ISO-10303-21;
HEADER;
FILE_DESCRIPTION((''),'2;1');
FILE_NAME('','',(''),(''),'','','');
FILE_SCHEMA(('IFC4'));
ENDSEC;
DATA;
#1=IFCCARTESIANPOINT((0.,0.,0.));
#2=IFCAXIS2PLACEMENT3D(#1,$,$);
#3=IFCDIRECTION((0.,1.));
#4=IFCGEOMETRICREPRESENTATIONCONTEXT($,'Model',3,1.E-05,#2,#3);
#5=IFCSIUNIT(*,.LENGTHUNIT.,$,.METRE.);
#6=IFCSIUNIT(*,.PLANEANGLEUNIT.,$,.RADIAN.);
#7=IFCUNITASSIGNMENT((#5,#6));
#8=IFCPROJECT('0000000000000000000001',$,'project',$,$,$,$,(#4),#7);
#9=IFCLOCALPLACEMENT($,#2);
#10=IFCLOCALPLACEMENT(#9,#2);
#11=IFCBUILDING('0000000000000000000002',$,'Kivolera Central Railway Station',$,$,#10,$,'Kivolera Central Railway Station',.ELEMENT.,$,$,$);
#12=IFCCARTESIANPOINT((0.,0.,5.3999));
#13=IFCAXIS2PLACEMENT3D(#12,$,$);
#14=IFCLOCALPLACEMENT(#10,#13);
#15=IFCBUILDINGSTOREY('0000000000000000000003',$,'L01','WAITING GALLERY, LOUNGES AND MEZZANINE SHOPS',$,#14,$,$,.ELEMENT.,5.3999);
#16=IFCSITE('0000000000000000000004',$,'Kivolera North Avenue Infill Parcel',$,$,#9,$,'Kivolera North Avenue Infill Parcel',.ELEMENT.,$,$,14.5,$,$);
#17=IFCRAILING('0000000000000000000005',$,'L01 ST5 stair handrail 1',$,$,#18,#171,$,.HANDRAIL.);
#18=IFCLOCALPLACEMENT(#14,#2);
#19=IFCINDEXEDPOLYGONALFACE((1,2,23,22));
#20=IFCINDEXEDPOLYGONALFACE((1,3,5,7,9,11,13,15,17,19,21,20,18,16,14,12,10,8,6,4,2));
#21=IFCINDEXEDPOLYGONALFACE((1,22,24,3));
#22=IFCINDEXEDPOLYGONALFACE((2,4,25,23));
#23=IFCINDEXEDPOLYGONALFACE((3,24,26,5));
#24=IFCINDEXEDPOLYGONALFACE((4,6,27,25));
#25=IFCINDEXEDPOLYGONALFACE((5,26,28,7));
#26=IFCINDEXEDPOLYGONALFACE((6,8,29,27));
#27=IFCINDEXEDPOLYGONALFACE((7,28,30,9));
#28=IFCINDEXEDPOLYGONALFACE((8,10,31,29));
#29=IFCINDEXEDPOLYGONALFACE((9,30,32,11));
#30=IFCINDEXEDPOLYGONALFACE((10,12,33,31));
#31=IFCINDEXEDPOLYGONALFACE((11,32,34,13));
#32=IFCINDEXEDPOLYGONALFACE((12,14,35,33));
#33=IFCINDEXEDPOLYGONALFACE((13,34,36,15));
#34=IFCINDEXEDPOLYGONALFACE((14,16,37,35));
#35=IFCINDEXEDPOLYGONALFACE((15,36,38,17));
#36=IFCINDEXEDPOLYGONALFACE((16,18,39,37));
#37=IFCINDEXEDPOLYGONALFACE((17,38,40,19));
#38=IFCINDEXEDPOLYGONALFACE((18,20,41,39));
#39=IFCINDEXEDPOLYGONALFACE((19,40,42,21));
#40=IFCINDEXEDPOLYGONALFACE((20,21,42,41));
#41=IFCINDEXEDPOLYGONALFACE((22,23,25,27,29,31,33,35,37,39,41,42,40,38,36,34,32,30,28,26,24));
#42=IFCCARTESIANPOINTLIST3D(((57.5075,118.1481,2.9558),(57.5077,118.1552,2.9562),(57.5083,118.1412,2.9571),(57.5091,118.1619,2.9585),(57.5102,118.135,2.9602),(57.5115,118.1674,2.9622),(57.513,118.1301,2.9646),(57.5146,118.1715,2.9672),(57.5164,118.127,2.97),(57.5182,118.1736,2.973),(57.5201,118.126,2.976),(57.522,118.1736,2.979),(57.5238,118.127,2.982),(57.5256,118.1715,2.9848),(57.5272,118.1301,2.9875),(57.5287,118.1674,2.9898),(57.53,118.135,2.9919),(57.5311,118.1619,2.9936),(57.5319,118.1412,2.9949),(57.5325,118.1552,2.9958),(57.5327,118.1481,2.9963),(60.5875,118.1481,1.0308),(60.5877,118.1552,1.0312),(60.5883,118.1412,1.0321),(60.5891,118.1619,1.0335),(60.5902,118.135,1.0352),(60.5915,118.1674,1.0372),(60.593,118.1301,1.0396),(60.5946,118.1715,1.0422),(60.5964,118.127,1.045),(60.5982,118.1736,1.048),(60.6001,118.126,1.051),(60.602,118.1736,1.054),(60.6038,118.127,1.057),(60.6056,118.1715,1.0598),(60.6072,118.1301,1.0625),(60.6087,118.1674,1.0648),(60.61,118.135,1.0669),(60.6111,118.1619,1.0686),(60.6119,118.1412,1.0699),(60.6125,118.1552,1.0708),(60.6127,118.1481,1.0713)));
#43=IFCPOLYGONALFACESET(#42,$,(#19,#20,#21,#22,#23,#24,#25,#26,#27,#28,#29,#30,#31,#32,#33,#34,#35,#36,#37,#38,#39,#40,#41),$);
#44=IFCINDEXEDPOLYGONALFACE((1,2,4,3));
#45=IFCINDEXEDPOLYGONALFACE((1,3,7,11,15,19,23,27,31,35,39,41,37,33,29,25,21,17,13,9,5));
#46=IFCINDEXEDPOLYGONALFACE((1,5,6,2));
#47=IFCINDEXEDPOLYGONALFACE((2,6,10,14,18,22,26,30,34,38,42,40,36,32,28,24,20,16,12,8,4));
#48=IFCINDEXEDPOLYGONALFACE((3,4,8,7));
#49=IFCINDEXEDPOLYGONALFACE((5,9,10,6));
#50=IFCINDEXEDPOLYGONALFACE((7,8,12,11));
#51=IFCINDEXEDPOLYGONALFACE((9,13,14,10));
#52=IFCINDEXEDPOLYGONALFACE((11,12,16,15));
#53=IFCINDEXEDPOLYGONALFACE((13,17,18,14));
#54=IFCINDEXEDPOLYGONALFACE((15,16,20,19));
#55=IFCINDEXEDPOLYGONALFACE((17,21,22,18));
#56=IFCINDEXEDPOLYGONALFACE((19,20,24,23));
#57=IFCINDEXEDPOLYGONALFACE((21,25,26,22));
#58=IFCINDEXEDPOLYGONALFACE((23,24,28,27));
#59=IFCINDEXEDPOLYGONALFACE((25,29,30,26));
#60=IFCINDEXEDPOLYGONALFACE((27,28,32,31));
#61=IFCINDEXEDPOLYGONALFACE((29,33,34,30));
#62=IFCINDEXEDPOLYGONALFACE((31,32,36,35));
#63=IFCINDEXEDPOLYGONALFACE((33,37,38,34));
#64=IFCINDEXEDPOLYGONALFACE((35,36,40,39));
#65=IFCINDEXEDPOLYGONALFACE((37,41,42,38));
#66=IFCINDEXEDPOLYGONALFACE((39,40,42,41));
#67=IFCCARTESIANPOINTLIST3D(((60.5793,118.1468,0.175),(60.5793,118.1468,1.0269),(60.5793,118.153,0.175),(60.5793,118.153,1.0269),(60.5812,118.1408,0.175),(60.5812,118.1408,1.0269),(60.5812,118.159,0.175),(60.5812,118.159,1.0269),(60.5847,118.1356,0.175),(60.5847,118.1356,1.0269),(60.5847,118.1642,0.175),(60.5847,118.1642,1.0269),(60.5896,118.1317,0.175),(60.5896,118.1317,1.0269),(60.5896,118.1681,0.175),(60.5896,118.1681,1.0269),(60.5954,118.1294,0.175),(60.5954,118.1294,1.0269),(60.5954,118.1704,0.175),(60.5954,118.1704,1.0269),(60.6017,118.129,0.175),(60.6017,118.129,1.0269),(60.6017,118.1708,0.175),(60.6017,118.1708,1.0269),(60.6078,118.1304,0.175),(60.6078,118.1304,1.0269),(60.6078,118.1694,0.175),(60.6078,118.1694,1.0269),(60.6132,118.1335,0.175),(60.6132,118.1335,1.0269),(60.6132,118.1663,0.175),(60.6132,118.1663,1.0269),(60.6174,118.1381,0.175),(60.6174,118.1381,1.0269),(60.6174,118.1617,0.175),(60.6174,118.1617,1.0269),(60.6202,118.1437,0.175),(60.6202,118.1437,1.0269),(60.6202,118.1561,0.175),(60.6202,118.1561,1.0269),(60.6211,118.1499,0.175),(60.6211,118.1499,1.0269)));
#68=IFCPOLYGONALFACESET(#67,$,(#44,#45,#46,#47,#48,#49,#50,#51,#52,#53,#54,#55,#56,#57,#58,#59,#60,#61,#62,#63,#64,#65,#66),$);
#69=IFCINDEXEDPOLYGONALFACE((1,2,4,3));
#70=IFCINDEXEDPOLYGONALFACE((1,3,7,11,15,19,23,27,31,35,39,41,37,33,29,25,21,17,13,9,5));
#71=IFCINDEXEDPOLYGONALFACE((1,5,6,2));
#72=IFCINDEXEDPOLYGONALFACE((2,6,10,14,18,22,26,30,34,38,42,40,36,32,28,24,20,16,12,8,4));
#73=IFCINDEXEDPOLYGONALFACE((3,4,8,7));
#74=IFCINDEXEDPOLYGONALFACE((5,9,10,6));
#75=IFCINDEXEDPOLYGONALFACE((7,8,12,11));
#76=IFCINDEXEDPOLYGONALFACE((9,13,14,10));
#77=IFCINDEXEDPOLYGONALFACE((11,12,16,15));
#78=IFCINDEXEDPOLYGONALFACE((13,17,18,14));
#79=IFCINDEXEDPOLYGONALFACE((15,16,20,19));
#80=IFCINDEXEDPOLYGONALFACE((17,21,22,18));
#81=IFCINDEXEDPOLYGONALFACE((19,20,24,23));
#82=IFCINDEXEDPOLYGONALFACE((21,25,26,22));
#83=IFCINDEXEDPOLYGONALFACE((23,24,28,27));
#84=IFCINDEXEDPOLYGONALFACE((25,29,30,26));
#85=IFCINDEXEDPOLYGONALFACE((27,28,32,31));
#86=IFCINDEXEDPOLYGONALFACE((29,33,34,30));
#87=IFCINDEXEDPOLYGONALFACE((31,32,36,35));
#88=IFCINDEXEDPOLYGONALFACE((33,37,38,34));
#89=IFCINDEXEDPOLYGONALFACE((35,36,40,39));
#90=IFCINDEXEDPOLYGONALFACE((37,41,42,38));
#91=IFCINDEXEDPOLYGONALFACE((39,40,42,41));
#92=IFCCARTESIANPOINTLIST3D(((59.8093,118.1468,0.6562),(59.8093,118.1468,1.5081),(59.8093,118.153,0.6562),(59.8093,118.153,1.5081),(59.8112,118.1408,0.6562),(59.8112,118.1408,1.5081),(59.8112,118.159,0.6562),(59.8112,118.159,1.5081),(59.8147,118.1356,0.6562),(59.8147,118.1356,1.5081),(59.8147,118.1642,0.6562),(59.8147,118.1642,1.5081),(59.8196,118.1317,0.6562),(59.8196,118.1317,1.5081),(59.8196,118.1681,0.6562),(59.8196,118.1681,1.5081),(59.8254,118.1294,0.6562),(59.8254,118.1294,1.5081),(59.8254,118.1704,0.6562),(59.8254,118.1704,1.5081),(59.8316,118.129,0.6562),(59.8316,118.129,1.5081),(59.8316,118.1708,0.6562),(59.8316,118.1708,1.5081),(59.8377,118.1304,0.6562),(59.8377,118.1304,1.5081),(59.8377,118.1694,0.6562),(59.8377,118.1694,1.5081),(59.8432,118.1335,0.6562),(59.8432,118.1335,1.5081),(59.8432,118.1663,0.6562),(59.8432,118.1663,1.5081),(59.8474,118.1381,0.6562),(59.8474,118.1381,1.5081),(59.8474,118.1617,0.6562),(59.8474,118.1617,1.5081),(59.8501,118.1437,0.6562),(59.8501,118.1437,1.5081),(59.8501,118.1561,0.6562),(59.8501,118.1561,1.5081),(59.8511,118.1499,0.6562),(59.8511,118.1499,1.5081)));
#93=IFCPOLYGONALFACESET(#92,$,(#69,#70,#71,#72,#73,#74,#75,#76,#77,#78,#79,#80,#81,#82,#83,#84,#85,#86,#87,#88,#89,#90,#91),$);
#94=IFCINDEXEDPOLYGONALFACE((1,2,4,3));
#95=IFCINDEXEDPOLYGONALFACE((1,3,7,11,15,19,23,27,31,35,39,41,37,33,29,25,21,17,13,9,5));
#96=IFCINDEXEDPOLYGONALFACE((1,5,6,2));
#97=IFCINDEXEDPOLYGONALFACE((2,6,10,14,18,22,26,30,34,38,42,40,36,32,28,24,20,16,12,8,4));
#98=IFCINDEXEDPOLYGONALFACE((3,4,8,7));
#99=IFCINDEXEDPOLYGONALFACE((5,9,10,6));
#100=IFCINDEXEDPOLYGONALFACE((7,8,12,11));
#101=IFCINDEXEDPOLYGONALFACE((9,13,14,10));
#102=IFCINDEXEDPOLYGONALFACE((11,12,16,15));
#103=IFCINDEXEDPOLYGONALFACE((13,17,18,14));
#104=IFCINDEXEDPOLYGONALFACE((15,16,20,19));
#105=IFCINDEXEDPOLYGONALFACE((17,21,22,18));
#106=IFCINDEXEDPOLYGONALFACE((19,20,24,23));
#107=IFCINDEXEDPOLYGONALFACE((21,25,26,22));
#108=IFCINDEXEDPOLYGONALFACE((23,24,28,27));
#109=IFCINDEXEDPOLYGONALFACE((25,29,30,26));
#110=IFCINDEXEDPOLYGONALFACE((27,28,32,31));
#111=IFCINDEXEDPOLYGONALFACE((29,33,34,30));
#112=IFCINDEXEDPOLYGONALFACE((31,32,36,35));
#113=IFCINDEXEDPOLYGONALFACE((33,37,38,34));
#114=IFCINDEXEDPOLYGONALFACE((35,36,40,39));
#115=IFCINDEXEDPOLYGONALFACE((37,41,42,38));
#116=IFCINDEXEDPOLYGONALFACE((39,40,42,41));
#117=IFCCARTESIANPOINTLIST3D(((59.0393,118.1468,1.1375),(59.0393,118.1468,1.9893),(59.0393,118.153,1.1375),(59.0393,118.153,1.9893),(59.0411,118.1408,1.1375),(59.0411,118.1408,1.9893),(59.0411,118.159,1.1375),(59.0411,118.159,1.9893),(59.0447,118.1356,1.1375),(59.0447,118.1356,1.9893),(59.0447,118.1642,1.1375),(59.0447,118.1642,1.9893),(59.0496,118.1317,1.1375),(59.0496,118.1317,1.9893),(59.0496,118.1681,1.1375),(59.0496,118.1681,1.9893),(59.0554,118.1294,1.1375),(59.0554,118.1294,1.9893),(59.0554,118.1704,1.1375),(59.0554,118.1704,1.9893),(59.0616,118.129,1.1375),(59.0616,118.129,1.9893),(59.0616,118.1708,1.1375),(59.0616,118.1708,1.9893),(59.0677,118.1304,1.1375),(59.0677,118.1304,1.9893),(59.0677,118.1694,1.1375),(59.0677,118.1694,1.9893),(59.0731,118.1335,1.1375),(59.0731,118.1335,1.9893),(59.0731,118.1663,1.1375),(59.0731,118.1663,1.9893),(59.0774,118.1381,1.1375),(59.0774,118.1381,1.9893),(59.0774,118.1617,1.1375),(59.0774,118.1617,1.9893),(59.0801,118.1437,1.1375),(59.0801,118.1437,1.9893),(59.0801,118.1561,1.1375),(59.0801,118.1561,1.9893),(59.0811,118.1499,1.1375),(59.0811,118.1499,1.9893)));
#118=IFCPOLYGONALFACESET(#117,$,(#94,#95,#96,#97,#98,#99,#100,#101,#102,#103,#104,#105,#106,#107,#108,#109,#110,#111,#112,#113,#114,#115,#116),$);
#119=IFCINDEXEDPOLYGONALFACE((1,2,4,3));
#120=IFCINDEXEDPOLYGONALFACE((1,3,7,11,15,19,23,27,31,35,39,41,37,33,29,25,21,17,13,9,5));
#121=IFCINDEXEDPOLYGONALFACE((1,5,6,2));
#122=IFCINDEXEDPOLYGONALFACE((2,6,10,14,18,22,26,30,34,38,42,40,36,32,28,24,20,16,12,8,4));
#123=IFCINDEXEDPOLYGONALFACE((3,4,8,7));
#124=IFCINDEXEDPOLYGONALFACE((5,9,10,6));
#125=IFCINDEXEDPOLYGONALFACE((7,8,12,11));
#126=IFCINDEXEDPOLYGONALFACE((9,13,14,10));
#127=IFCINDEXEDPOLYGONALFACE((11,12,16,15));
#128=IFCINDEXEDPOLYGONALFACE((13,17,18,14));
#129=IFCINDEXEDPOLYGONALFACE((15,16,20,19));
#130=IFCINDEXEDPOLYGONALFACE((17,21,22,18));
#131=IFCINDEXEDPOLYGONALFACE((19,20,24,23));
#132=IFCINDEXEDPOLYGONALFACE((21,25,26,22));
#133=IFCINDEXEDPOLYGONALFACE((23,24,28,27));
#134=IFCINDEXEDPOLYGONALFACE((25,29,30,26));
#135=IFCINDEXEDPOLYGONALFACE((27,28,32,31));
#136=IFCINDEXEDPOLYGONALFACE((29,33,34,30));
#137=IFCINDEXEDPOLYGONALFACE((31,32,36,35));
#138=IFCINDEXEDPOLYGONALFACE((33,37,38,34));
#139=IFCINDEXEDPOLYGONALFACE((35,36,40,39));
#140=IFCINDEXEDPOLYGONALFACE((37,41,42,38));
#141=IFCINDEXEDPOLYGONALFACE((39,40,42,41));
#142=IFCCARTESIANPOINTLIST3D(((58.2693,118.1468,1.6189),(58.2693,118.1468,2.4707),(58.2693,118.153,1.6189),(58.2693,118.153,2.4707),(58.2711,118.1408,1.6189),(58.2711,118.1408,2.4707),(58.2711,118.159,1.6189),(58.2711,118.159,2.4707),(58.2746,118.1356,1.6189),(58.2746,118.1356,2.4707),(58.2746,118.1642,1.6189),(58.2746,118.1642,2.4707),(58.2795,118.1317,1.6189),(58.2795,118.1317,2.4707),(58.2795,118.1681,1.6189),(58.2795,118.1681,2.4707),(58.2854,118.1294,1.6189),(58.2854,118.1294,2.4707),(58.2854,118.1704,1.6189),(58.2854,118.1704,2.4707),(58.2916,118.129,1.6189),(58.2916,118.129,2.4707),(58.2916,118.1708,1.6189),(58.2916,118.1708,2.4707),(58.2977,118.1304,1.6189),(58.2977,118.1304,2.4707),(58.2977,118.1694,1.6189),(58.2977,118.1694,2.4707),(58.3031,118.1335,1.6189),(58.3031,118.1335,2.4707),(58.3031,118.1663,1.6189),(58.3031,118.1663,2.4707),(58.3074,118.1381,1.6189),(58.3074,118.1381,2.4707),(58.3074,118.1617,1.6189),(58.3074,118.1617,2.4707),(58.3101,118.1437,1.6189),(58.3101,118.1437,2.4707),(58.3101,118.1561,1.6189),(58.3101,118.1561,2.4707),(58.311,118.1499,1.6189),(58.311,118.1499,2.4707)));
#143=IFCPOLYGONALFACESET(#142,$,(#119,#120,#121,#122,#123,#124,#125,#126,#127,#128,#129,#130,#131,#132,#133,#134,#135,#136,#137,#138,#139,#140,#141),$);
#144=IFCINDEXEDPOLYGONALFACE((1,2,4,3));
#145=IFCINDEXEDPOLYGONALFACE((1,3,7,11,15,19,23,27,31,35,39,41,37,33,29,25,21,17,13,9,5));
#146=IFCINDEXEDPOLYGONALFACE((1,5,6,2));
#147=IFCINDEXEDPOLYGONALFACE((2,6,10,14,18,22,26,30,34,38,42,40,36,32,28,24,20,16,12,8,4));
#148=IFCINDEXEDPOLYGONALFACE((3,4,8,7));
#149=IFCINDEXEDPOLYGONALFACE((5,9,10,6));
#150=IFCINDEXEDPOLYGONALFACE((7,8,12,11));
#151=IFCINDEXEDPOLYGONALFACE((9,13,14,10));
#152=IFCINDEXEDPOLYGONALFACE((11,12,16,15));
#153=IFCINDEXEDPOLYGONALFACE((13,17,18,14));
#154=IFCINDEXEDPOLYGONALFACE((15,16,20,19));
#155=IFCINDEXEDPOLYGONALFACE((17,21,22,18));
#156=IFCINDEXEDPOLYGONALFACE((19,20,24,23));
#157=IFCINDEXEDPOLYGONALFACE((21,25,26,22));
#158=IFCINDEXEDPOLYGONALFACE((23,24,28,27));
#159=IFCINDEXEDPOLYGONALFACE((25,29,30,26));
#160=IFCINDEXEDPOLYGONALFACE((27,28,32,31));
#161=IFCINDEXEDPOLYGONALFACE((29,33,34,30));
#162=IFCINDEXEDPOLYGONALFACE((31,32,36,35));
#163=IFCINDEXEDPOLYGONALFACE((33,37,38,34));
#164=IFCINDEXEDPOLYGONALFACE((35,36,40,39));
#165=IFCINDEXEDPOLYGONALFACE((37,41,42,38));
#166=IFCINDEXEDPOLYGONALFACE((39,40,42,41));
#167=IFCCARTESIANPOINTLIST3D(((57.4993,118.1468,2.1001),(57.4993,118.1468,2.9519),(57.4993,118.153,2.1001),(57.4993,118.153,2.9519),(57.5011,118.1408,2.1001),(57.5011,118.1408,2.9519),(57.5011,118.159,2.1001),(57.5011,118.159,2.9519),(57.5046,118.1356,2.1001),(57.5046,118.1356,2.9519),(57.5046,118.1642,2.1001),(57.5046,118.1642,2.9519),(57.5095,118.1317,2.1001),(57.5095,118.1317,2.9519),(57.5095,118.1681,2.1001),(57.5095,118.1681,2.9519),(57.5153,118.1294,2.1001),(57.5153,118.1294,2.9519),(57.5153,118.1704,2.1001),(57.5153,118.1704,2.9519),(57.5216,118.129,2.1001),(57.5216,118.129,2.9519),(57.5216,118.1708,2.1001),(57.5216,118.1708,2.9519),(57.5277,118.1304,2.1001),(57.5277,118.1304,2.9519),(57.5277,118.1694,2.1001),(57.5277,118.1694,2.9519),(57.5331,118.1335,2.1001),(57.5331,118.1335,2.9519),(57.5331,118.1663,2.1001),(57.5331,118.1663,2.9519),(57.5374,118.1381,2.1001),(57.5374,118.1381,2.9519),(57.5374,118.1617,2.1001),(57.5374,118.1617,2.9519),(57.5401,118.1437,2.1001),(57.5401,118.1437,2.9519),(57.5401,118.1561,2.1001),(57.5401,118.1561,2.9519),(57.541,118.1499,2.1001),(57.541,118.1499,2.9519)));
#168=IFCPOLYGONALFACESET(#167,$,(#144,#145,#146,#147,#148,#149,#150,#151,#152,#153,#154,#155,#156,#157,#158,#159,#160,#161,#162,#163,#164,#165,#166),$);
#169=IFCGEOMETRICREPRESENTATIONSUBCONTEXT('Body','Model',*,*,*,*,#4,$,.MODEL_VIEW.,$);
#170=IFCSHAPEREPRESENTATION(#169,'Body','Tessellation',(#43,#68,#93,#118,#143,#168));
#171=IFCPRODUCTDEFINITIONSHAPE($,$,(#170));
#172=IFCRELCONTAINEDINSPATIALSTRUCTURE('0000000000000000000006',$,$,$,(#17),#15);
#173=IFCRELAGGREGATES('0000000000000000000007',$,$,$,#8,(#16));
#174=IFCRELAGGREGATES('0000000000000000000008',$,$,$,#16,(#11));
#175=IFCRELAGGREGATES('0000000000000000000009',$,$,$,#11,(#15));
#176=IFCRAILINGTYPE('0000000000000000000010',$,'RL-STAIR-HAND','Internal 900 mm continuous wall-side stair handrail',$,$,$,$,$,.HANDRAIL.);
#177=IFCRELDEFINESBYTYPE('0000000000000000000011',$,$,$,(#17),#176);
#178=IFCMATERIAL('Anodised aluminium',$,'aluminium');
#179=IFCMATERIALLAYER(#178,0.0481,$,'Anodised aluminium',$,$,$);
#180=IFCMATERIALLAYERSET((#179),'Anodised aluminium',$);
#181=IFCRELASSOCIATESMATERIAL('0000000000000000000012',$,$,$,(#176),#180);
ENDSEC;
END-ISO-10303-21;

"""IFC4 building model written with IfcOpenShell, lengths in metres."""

from ifc_helpers import new_model, si_unit, direction, frame, origin, origin_2d, place, context, subcontext, project, spatial, circle, extrude, material, layer, layer_set, type_object, element, save


model = new_model("IFC4")

# Units and contexts
model_context = context("Model", 3, precision=1e-05, world=origin(), true_north=direction((0.0, 1.0)))
body_context = subcontext(model_context, "Body", "Model", "MODEL_VIEW")
ifc_project = project(units=[si_unit("LENGTHUNIT", "METRE"), si_unit("PLANEANGLEUNIT", "RADIAN")], contexts=[model_context])

# Site, building, storey
site_placement = place(None, origin())
site = spatial("IfcSite", under=ifc_project, at=site_placement, Name="Kivolera North Avenue Infill Parcel", LongName="Kivolera North Avenue Infill Parcel", CompositionType="ELEMENT", RefElevation=14.5)
building_placement = place(site_placement, origin())
building = spatial("IfcBuilding", under=site, at=building_placement, Name="Kivolera Central Railway Station", LongName="Kivolera Central Railway Station", CompositionType="ELEMENT")
storey_placement = place(building_placement, frame((0.0, 0.0, 5.3999)))
storey = spatial("IfcBuildingStorey", under=building, at=storey_placement, Name="L01", Description="WAITING GALLERY, LOUNGES AND MEZZANINE SHOPS", CompositionType="ELEMENT", Elevation=5.3999)

# Shared definitions
ifc_material_1 = material(Name="Anodised aluminium", Category="aluminium")

# Railing
ifc_layer_1 = layer(ifc_material_1, 0.0481, Name="Anodised aluminium")
ifc_layer_set_1 = layer_set([ifc_layer_1], Name="Anodised aluminium")
railing_type_1 = type_object("IfcRailingType", Name="RL-STAIR-HAND", Description="Internal 900 mm continuous wall-side stair handrail", PredefinedType="HANDRAIL", material=ifc_layer_set_1)
railing_1_placement = place(storey_placement, frame((60.6001, 118.1499, 0.175)))
element("IfcRailing", 1, at=railing_1_placement, inside=storey, type_object=railing_type_1, Name="L01 ST5 stair handrail 1", PredefinedType="HANDRAIL", context=body_context, shape_type="SweptSolid", body=[
    extrude(circle(Radius=0.0239, at=origin_2d()), frame((0.0, 0.0, 0.876), z_axis=(-0.847998, 0.0, 0.529999), x_axis=(0.0, -1.0, 0.0)), (0.0, 0.0, 1.0), 3.6321),
    extrude(circle(Radius=0.021, at=origin_2d()), origin(), (0.0, 0.0, 1.0), 0.8518),
    extrude(circle(Radius=0.021, at=origin_2d()), frame((-0.77, 0.0, 0.4812)), (0.0, 0.0, 1.0), 0.8518),
    extrude(circle(Radius=0.021, at=origin_2d()), frame((-1.54, 0.0, 0.9624)), (0.0, 0.0, 1.0), 0.8518),
    extrude(circle(Radius=0.021, at=origin_2d()), frame((-2.3101, 0.0, 1.4438)), (0.0, 0.0, 1.0), 0.8518),
    extrude(circle(Radius=0.021, at=origin_2d()), frame((-3.0801, 0.0, 1.925)), (0.0, 0.0, 1.0), 0.8518),
])

save(model, "model.ifc")
